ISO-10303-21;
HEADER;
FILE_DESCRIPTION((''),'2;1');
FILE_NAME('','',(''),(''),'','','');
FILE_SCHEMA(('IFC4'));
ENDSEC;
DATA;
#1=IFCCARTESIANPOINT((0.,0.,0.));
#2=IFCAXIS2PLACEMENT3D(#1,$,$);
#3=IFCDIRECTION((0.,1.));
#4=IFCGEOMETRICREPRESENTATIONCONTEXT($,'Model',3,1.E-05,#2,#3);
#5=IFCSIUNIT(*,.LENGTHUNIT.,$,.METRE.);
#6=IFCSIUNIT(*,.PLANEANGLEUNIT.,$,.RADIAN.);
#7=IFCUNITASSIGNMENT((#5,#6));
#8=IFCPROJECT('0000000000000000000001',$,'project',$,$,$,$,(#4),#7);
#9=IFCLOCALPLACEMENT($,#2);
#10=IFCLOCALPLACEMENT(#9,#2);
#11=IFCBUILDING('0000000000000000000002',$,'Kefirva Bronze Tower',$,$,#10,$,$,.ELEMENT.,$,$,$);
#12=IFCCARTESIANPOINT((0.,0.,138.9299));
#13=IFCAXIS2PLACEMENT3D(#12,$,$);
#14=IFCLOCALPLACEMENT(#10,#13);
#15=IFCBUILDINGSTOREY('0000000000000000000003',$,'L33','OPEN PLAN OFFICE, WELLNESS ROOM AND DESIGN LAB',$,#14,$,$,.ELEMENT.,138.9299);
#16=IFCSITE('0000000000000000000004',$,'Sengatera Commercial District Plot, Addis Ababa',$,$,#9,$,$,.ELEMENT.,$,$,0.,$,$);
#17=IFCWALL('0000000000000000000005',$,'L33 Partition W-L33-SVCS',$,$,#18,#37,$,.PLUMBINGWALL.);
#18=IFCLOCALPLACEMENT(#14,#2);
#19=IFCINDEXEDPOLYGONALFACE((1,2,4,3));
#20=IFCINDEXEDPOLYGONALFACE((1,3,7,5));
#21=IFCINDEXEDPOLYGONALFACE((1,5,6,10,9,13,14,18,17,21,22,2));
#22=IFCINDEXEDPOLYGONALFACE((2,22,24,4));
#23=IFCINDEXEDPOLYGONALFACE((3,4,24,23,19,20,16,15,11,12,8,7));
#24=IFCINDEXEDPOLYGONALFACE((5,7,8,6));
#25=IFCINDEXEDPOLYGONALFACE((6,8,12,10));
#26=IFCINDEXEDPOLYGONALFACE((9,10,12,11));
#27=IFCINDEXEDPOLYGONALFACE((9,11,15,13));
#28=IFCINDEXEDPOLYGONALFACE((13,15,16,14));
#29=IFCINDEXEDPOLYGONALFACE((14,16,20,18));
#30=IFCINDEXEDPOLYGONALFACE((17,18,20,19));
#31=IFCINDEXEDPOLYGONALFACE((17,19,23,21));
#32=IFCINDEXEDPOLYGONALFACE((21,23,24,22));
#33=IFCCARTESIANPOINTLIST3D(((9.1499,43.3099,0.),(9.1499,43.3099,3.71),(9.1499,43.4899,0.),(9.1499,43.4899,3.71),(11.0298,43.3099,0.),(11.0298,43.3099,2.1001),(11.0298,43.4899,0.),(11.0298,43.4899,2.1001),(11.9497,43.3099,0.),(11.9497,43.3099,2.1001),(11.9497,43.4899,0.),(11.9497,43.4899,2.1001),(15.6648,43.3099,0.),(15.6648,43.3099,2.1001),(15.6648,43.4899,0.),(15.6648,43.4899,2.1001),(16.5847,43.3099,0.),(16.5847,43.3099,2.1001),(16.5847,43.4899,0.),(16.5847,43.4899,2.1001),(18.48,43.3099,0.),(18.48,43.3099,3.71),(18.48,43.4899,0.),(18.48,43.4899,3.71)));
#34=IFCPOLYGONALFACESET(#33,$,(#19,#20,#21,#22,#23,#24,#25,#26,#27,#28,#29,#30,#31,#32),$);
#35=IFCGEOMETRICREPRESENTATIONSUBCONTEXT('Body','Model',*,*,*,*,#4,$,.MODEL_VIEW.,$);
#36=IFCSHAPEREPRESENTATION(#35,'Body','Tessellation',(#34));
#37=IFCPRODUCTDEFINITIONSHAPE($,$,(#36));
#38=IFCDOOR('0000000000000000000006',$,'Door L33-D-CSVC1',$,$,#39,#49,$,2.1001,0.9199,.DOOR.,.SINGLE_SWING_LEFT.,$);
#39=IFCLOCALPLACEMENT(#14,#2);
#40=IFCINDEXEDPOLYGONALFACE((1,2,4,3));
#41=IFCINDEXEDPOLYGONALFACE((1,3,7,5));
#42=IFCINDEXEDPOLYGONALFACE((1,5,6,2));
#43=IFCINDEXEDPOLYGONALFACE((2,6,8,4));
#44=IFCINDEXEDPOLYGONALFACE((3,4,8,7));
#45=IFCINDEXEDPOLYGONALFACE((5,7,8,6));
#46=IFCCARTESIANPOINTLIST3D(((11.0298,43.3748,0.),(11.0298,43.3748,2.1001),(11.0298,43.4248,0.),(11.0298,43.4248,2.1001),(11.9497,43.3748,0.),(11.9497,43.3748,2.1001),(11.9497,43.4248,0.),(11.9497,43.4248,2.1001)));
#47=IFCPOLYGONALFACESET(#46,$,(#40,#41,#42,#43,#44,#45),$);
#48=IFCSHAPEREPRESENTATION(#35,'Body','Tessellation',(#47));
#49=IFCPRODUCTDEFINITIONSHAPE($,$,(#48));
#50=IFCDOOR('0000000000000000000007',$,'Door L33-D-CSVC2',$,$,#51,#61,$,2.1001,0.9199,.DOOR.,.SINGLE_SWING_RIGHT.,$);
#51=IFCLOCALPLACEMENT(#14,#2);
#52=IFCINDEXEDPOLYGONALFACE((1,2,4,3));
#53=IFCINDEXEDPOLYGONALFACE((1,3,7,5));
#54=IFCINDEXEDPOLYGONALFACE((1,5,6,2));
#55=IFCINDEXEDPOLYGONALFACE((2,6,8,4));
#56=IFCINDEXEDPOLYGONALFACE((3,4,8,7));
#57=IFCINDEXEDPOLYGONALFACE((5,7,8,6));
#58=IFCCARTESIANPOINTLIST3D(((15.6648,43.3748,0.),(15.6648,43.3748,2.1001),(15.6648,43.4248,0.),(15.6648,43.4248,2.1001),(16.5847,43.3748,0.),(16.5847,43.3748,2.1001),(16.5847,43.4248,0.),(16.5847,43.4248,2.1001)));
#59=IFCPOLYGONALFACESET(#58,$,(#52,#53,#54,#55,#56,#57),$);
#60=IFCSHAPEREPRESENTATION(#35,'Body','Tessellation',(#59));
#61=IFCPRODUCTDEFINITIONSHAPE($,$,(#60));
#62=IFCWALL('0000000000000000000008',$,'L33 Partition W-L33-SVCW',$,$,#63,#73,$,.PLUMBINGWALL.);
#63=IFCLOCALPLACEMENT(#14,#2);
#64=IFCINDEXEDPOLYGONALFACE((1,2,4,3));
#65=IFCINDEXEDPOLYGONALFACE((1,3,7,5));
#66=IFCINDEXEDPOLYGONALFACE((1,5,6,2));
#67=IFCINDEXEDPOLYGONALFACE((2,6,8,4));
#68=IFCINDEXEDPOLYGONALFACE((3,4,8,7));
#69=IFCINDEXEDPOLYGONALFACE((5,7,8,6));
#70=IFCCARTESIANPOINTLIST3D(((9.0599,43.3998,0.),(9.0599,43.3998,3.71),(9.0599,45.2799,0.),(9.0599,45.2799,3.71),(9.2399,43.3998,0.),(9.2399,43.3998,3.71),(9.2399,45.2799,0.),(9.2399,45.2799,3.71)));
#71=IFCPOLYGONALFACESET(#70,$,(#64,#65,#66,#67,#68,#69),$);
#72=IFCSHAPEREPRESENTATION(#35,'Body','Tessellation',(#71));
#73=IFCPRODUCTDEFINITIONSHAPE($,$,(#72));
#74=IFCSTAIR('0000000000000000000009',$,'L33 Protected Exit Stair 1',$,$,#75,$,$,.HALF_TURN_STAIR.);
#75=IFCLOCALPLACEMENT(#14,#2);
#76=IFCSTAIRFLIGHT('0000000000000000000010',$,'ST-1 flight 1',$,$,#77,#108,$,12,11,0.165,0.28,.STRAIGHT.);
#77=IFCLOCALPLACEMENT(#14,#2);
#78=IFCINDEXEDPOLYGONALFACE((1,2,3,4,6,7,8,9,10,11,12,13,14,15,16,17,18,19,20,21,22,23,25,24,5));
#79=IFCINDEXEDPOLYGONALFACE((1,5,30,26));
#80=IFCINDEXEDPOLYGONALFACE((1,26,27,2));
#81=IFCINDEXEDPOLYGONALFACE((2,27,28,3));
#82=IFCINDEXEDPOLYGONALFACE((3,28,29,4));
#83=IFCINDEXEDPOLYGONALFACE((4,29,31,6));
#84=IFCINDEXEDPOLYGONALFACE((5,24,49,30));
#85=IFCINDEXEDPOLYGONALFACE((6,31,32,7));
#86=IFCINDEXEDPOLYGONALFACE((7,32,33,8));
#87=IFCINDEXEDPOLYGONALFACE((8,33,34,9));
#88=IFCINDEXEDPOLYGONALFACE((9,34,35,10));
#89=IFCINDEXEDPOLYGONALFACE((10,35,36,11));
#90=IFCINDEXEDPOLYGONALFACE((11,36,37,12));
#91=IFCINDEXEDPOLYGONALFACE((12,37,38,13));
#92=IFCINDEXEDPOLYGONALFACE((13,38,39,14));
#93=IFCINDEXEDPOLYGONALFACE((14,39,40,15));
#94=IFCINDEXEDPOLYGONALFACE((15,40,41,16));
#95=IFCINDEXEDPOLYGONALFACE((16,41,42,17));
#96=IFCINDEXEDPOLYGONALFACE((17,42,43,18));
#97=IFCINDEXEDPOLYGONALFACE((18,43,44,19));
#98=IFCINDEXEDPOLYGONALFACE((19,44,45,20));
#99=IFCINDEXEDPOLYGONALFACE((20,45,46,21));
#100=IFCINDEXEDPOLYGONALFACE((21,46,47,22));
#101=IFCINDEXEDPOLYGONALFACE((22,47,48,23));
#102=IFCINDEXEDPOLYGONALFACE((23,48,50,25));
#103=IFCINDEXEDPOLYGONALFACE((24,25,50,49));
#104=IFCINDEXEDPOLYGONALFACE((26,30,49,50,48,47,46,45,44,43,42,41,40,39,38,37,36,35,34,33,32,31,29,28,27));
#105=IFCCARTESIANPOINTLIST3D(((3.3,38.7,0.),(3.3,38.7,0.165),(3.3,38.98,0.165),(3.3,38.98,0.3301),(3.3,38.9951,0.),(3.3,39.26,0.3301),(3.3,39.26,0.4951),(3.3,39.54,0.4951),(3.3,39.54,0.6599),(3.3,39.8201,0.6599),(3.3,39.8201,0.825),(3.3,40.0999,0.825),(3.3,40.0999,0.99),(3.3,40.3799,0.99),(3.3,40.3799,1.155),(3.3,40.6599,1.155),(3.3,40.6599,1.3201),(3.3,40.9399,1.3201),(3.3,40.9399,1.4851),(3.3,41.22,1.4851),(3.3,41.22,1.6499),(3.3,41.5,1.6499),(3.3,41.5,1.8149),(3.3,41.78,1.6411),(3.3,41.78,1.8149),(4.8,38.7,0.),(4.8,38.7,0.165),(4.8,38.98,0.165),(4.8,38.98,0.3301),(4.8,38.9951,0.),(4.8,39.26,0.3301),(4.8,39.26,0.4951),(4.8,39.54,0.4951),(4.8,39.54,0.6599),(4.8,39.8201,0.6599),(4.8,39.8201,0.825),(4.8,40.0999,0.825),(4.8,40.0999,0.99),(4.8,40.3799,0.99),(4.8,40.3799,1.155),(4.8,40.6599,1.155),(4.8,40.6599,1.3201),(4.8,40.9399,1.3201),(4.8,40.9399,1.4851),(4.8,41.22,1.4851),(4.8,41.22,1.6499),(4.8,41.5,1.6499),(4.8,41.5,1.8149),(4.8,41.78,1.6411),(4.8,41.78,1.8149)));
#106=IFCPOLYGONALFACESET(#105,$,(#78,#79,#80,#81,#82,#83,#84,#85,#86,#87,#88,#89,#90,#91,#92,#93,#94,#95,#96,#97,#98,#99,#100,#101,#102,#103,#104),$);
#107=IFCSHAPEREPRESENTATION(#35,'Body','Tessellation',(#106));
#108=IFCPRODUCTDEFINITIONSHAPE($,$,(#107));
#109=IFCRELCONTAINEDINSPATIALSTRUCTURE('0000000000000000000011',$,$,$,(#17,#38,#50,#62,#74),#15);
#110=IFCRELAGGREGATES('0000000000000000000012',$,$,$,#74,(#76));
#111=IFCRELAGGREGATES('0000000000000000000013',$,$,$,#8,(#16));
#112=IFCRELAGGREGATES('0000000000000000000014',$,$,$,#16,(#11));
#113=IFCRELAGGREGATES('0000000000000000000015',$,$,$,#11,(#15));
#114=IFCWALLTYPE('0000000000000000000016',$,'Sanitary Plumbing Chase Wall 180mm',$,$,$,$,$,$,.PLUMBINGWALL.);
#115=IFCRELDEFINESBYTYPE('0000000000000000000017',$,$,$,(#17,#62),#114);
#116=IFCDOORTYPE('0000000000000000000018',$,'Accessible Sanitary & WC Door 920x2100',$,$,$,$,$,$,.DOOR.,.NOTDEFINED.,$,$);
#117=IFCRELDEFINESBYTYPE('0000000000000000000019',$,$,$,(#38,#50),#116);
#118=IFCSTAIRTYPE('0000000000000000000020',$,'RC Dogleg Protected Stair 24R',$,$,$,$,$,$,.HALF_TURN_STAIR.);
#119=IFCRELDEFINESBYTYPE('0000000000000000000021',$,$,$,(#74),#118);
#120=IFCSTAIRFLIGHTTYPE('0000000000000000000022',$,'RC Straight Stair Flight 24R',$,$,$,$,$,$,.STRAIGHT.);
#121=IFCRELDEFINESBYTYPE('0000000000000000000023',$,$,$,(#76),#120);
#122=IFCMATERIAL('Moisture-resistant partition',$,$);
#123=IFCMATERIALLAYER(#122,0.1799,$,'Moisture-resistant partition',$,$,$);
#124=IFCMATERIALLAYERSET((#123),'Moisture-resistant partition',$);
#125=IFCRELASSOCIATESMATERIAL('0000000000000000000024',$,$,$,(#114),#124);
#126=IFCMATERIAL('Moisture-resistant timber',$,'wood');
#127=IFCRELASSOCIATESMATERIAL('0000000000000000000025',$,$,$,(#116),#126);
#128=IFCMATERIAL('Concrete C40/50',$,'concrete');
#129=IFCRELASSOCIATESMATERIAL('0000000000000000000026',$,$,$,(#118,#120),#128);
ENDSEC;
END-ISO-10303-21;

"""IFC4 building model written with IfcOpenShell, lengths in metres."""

from ifc_helpers import new_model, si_unit, direction, frame, frame_2d, origin, place, context, subcontext, project, spatial, polyline, rectangle, outline, extrude, material, layer, layer_set, type_object, element, fill, aggregate, save


model = new_model("IFC4")

# Units and contexts
model_context = context("Model", 3, precision=1e-05, world=origin(), true_north=direction((0.0, 1.0)))
body_context = subcontext(model_context, "Body", "Model", "MODEL_VIEW")
ifc_project = project(units=[si_unit("LENGTHUNIT", "METRE"), si_unit("PLANEANGLEUNIT", "RADIAN")], contexts=[model_context])

# Site, building, storey
site_placement = place(None, origin())
site = spatial("IfcSite", under=ifc_project, at=site_placement, Name="Sengatera Commercial District Plot, Addis Ababa", CompositionType="ELEMENT", RefElevation=0.0)
building_placement = place(site_placement, origin())
building = spatial("IfcBuilding", under=site, at=building_placement, Name="Kefirva Bronze Tower", CompositionType="ELEMENT")
storey_placement = place(building_placement, frame((0.0, 0.0, 138.9299)))
storey = spatial("IfcBuildingStorey", under=building, at=storey_placement, Name="L33", Description="OPEN PLAN OFFICE, WELLNESS ROOM AND DESIGN LAB", CompositionType="ELEMENT", Elevation=138.9299)

# Wall, openings, doors
ifc_material_1 = material(Name="Moisture-resistant partition")
ifc_layer_1 = layer(ifc_material_1, 0.1799, Name="Moisture-resistant partition")
ifc_layer_set_1 = layer_set([ifc_layer_1], Name="Moisture-resistant partition")
wall_type_1 = type_object("IfcWallType", Name="Sanitary Plumbing Chase Wall 180mm", PredefinedType="PLUMBINGWALL", material=ifc_layer_set_1)
wall_1_placement = place(storey_placement, frame((9.1499, 43.3999, 0.0), z_axis=(0.0, 0.0, 1.0), x_axis=(1.0, 0.0, 0.0)))
wall_1 = element("IfcWall", 1, at=wall_1_placement, inside=storey, type_object=wall_type_1, Name="L33 Partition W-L33-SVCS", PredefinedType="PLUMBINGWALL", context=body_context, shape_type="SweptSolid", body=[
    extrude(rectangle(XDim=9.3301, YDim=0.1799, at=frame_2d((4.665, 0.0))), origin(), (0.0, 0.0, 1.0), 3.71),
])
opening_1_placement = place(wall_1_placement, frame((1.8799, 0.0, 0.0)))
opening_1 = element("IfcOpeningElement", 2, at=opening_1_placement, cuts=wall_1, PredefinedType="OPENING", context=body_context, shape_type="SweptSolid", body=[
    extrude(rectangle(XDim=0.9199, YDim=2.1001, at=frame_2d((0.46, 1.05))), frame((0.0, 0.1001, 0.0), z_axis=(0.0, -1.0, 0.0), x_axis=(1.0, 0.0, 0.0)), (0.0, 0.0, 1.0), 0.2),
])
opening_2_placement = place(wall_1_placement, frame((6.5149, 0.0, 0.0)))
opening_2 = element("IfcOpeningElement", 3, at=opening_2_placement, cuts=wall_1, PredefinedType="OPENING", context=body_context, shape_type="SweptSolid", body=[
    extrude(rectangle(XDim=0.9199, YDim=2.1001, at=frame_2d((0.46, 1.05))), frame((0.0, 0.1001, 0.0), z_axis=(0.0, -1.0, 0.0), x_axis=(1.0, 0.0, 0.0)), (0.0, 0.0, 1.0), 0.2),
])
ifc_material_2 = material(Name="Moisture-resistant timber", Category="wood")
door_type_1 = type_object("IfcDoorType", Name="Accessible Sanitary & WC Door 920x2100", OperationType="NOTDEFINED", PredefinedType="DOOR", material=ifc_material_2)
door_1_placement = place(opening_1_placement, origin())
door_1 = element("IfcDoor", 4, at=door_1_placement, inside=storey, type_object=door_type_1, Name="Door L33-D-CSVC1", OperationType="SINGLE_SWING_LEFT", OverallHeight=2.1001, OverallWidth=0.9199, PredefinedType="DOOR", context=body_context, shape_type="SweptSolid", body=[
    extrude(rectangle(XDim=0.9199, YDim=2.1001, at=frame_2d((0.46, 1.05))), frame((0.0, 0.0249, 0.0), z_axis=(0.0, -1.0, 0.0), x_axis=(1.0, 0.0, 0.0)), (0.0, 0.0, 1.0), 0.05),
])
fill(opening_1, door_1)
door_2_placement = place(opening_2_placement, origin())
door_2 = element("IfcDoor", 5, at=door_2_placement, inside=storey, type_object=door_type_1, Name="Door L33-D-CSVC2", OperationType="SINGLE_SWING_RIGHT", OverallHeight=2.1001, OverallWidth=0.9199, PredefinedType="DOOR", context=body_context, shape_type="SweptSolid", body=[
    extrude(rectangle(XDim=0.9199, YDim=2.1001, at=frame_2d((0.46, 1.05))), frame((0.0, 0.0249, 0.0), z_axis=(0.0, -1.0, 0.0), x_axis=(1.0, 0.0, 0.0)), (0.0, 0.0, 1.0), 0.05),
])
fill(opening_2, door_2)

# Wall
wall_2_placement = place(storey_placement, frame((9.1499, 43.3999, 0.0), z_axis=(0.0, 0.0, 1.0), x_axis=(0.0, 1.0, 0.0)))
element("IfcWall", 6, at=wall_2_placement, inside=storey, type_object=wall_type_1, Name="L33 Partition W-L33-SVCW", PredefinedType="PLUMBINGWALL", context=body_context, shape_type="SweptSolid", body=[
    extrude(rectangle(XDim=1.8801, YDim=0.1799, at=frame_2d((0.9399, 0.0))), origin(), (0.0, 0.0, 1.0), 3.71),
])

# Stair, stair flight
ifc_material_3 = material(Name="Concrete C40/50", Category="concrete")
stair_type = type_object("IfcStairType", Name="RC Dogleg Protected Stair 24R", PredefinedType="HALF_TURN_STAIR", material=ifc_material_3)
stair_placement = place(storey_placement, origin())
stair = element("IfcStair", 7, at=stair_placement, inside=storey, type_object=stair_type, Name="L33 Protected Exit Stair 1", PredefinedType="HALF_TURN_STAIR")
stair_flight_type = type_object("IfcStairFlightType", Name="RC Straight Stair Flight 24R", PredefinedType="STRAIGHT", material=ifc_material_3)
stair_flight_placement = place(storey_placement, frame((4.05, 38.7, 0.0), z_axis=(0.0, 0.0, 1.0), x_axis=(0.0, 1.0, 0.0)))
stair_flight = element("IfcStairFlight", 8, at=stair_flight_placement, type_object=stair_flight_type, Name="ST-1 flight 1", NumberOfRisers=12, NumberOfTreads=11, PredefinedType="STRAIGHT", RiserHeight=0.165, TreadLength=0.28, context=body_context, shape_type="SweptSolid", body=[
    extrude(outline(polyline([(0.0, 0.0), (0.0, 0.165), (0.28, 0.165), (0.28, 0.3301), (0.5601, 0.3301), (0.5601, 0.4951), (0.8401, 0.4951), (0.8401, 0.6599), (1.1201, 0.6599), (1.1201, 0.825), (1.3999, 0.825), (1.3999, 0.99), (1.6799, 0.99), (1.6799, 1.155), (1.96, 1.155), (1.96, 1.3201), (2.24, 1.3201), (2.24, 1.4851), (2.52, 1.4851), (2.52, 1.6499), (2.8, 1.6499), (2.8, 1.8149), (3.0801, 1.8149), (3.0801, 1.98), (3.0801, 1.6411), (0.2952, 0.0), (0.0, 0.0)])), frame((0.0, 0.75, 0.0), z_axis=(0.0, -1.0, 0.0), x_axis=(1.0, 0.0, 0.0)), (0.0, 0.0, 1.0), 1.5),
])
aggregate(stair, [stair_flight])

save(model, "model.ifc")
